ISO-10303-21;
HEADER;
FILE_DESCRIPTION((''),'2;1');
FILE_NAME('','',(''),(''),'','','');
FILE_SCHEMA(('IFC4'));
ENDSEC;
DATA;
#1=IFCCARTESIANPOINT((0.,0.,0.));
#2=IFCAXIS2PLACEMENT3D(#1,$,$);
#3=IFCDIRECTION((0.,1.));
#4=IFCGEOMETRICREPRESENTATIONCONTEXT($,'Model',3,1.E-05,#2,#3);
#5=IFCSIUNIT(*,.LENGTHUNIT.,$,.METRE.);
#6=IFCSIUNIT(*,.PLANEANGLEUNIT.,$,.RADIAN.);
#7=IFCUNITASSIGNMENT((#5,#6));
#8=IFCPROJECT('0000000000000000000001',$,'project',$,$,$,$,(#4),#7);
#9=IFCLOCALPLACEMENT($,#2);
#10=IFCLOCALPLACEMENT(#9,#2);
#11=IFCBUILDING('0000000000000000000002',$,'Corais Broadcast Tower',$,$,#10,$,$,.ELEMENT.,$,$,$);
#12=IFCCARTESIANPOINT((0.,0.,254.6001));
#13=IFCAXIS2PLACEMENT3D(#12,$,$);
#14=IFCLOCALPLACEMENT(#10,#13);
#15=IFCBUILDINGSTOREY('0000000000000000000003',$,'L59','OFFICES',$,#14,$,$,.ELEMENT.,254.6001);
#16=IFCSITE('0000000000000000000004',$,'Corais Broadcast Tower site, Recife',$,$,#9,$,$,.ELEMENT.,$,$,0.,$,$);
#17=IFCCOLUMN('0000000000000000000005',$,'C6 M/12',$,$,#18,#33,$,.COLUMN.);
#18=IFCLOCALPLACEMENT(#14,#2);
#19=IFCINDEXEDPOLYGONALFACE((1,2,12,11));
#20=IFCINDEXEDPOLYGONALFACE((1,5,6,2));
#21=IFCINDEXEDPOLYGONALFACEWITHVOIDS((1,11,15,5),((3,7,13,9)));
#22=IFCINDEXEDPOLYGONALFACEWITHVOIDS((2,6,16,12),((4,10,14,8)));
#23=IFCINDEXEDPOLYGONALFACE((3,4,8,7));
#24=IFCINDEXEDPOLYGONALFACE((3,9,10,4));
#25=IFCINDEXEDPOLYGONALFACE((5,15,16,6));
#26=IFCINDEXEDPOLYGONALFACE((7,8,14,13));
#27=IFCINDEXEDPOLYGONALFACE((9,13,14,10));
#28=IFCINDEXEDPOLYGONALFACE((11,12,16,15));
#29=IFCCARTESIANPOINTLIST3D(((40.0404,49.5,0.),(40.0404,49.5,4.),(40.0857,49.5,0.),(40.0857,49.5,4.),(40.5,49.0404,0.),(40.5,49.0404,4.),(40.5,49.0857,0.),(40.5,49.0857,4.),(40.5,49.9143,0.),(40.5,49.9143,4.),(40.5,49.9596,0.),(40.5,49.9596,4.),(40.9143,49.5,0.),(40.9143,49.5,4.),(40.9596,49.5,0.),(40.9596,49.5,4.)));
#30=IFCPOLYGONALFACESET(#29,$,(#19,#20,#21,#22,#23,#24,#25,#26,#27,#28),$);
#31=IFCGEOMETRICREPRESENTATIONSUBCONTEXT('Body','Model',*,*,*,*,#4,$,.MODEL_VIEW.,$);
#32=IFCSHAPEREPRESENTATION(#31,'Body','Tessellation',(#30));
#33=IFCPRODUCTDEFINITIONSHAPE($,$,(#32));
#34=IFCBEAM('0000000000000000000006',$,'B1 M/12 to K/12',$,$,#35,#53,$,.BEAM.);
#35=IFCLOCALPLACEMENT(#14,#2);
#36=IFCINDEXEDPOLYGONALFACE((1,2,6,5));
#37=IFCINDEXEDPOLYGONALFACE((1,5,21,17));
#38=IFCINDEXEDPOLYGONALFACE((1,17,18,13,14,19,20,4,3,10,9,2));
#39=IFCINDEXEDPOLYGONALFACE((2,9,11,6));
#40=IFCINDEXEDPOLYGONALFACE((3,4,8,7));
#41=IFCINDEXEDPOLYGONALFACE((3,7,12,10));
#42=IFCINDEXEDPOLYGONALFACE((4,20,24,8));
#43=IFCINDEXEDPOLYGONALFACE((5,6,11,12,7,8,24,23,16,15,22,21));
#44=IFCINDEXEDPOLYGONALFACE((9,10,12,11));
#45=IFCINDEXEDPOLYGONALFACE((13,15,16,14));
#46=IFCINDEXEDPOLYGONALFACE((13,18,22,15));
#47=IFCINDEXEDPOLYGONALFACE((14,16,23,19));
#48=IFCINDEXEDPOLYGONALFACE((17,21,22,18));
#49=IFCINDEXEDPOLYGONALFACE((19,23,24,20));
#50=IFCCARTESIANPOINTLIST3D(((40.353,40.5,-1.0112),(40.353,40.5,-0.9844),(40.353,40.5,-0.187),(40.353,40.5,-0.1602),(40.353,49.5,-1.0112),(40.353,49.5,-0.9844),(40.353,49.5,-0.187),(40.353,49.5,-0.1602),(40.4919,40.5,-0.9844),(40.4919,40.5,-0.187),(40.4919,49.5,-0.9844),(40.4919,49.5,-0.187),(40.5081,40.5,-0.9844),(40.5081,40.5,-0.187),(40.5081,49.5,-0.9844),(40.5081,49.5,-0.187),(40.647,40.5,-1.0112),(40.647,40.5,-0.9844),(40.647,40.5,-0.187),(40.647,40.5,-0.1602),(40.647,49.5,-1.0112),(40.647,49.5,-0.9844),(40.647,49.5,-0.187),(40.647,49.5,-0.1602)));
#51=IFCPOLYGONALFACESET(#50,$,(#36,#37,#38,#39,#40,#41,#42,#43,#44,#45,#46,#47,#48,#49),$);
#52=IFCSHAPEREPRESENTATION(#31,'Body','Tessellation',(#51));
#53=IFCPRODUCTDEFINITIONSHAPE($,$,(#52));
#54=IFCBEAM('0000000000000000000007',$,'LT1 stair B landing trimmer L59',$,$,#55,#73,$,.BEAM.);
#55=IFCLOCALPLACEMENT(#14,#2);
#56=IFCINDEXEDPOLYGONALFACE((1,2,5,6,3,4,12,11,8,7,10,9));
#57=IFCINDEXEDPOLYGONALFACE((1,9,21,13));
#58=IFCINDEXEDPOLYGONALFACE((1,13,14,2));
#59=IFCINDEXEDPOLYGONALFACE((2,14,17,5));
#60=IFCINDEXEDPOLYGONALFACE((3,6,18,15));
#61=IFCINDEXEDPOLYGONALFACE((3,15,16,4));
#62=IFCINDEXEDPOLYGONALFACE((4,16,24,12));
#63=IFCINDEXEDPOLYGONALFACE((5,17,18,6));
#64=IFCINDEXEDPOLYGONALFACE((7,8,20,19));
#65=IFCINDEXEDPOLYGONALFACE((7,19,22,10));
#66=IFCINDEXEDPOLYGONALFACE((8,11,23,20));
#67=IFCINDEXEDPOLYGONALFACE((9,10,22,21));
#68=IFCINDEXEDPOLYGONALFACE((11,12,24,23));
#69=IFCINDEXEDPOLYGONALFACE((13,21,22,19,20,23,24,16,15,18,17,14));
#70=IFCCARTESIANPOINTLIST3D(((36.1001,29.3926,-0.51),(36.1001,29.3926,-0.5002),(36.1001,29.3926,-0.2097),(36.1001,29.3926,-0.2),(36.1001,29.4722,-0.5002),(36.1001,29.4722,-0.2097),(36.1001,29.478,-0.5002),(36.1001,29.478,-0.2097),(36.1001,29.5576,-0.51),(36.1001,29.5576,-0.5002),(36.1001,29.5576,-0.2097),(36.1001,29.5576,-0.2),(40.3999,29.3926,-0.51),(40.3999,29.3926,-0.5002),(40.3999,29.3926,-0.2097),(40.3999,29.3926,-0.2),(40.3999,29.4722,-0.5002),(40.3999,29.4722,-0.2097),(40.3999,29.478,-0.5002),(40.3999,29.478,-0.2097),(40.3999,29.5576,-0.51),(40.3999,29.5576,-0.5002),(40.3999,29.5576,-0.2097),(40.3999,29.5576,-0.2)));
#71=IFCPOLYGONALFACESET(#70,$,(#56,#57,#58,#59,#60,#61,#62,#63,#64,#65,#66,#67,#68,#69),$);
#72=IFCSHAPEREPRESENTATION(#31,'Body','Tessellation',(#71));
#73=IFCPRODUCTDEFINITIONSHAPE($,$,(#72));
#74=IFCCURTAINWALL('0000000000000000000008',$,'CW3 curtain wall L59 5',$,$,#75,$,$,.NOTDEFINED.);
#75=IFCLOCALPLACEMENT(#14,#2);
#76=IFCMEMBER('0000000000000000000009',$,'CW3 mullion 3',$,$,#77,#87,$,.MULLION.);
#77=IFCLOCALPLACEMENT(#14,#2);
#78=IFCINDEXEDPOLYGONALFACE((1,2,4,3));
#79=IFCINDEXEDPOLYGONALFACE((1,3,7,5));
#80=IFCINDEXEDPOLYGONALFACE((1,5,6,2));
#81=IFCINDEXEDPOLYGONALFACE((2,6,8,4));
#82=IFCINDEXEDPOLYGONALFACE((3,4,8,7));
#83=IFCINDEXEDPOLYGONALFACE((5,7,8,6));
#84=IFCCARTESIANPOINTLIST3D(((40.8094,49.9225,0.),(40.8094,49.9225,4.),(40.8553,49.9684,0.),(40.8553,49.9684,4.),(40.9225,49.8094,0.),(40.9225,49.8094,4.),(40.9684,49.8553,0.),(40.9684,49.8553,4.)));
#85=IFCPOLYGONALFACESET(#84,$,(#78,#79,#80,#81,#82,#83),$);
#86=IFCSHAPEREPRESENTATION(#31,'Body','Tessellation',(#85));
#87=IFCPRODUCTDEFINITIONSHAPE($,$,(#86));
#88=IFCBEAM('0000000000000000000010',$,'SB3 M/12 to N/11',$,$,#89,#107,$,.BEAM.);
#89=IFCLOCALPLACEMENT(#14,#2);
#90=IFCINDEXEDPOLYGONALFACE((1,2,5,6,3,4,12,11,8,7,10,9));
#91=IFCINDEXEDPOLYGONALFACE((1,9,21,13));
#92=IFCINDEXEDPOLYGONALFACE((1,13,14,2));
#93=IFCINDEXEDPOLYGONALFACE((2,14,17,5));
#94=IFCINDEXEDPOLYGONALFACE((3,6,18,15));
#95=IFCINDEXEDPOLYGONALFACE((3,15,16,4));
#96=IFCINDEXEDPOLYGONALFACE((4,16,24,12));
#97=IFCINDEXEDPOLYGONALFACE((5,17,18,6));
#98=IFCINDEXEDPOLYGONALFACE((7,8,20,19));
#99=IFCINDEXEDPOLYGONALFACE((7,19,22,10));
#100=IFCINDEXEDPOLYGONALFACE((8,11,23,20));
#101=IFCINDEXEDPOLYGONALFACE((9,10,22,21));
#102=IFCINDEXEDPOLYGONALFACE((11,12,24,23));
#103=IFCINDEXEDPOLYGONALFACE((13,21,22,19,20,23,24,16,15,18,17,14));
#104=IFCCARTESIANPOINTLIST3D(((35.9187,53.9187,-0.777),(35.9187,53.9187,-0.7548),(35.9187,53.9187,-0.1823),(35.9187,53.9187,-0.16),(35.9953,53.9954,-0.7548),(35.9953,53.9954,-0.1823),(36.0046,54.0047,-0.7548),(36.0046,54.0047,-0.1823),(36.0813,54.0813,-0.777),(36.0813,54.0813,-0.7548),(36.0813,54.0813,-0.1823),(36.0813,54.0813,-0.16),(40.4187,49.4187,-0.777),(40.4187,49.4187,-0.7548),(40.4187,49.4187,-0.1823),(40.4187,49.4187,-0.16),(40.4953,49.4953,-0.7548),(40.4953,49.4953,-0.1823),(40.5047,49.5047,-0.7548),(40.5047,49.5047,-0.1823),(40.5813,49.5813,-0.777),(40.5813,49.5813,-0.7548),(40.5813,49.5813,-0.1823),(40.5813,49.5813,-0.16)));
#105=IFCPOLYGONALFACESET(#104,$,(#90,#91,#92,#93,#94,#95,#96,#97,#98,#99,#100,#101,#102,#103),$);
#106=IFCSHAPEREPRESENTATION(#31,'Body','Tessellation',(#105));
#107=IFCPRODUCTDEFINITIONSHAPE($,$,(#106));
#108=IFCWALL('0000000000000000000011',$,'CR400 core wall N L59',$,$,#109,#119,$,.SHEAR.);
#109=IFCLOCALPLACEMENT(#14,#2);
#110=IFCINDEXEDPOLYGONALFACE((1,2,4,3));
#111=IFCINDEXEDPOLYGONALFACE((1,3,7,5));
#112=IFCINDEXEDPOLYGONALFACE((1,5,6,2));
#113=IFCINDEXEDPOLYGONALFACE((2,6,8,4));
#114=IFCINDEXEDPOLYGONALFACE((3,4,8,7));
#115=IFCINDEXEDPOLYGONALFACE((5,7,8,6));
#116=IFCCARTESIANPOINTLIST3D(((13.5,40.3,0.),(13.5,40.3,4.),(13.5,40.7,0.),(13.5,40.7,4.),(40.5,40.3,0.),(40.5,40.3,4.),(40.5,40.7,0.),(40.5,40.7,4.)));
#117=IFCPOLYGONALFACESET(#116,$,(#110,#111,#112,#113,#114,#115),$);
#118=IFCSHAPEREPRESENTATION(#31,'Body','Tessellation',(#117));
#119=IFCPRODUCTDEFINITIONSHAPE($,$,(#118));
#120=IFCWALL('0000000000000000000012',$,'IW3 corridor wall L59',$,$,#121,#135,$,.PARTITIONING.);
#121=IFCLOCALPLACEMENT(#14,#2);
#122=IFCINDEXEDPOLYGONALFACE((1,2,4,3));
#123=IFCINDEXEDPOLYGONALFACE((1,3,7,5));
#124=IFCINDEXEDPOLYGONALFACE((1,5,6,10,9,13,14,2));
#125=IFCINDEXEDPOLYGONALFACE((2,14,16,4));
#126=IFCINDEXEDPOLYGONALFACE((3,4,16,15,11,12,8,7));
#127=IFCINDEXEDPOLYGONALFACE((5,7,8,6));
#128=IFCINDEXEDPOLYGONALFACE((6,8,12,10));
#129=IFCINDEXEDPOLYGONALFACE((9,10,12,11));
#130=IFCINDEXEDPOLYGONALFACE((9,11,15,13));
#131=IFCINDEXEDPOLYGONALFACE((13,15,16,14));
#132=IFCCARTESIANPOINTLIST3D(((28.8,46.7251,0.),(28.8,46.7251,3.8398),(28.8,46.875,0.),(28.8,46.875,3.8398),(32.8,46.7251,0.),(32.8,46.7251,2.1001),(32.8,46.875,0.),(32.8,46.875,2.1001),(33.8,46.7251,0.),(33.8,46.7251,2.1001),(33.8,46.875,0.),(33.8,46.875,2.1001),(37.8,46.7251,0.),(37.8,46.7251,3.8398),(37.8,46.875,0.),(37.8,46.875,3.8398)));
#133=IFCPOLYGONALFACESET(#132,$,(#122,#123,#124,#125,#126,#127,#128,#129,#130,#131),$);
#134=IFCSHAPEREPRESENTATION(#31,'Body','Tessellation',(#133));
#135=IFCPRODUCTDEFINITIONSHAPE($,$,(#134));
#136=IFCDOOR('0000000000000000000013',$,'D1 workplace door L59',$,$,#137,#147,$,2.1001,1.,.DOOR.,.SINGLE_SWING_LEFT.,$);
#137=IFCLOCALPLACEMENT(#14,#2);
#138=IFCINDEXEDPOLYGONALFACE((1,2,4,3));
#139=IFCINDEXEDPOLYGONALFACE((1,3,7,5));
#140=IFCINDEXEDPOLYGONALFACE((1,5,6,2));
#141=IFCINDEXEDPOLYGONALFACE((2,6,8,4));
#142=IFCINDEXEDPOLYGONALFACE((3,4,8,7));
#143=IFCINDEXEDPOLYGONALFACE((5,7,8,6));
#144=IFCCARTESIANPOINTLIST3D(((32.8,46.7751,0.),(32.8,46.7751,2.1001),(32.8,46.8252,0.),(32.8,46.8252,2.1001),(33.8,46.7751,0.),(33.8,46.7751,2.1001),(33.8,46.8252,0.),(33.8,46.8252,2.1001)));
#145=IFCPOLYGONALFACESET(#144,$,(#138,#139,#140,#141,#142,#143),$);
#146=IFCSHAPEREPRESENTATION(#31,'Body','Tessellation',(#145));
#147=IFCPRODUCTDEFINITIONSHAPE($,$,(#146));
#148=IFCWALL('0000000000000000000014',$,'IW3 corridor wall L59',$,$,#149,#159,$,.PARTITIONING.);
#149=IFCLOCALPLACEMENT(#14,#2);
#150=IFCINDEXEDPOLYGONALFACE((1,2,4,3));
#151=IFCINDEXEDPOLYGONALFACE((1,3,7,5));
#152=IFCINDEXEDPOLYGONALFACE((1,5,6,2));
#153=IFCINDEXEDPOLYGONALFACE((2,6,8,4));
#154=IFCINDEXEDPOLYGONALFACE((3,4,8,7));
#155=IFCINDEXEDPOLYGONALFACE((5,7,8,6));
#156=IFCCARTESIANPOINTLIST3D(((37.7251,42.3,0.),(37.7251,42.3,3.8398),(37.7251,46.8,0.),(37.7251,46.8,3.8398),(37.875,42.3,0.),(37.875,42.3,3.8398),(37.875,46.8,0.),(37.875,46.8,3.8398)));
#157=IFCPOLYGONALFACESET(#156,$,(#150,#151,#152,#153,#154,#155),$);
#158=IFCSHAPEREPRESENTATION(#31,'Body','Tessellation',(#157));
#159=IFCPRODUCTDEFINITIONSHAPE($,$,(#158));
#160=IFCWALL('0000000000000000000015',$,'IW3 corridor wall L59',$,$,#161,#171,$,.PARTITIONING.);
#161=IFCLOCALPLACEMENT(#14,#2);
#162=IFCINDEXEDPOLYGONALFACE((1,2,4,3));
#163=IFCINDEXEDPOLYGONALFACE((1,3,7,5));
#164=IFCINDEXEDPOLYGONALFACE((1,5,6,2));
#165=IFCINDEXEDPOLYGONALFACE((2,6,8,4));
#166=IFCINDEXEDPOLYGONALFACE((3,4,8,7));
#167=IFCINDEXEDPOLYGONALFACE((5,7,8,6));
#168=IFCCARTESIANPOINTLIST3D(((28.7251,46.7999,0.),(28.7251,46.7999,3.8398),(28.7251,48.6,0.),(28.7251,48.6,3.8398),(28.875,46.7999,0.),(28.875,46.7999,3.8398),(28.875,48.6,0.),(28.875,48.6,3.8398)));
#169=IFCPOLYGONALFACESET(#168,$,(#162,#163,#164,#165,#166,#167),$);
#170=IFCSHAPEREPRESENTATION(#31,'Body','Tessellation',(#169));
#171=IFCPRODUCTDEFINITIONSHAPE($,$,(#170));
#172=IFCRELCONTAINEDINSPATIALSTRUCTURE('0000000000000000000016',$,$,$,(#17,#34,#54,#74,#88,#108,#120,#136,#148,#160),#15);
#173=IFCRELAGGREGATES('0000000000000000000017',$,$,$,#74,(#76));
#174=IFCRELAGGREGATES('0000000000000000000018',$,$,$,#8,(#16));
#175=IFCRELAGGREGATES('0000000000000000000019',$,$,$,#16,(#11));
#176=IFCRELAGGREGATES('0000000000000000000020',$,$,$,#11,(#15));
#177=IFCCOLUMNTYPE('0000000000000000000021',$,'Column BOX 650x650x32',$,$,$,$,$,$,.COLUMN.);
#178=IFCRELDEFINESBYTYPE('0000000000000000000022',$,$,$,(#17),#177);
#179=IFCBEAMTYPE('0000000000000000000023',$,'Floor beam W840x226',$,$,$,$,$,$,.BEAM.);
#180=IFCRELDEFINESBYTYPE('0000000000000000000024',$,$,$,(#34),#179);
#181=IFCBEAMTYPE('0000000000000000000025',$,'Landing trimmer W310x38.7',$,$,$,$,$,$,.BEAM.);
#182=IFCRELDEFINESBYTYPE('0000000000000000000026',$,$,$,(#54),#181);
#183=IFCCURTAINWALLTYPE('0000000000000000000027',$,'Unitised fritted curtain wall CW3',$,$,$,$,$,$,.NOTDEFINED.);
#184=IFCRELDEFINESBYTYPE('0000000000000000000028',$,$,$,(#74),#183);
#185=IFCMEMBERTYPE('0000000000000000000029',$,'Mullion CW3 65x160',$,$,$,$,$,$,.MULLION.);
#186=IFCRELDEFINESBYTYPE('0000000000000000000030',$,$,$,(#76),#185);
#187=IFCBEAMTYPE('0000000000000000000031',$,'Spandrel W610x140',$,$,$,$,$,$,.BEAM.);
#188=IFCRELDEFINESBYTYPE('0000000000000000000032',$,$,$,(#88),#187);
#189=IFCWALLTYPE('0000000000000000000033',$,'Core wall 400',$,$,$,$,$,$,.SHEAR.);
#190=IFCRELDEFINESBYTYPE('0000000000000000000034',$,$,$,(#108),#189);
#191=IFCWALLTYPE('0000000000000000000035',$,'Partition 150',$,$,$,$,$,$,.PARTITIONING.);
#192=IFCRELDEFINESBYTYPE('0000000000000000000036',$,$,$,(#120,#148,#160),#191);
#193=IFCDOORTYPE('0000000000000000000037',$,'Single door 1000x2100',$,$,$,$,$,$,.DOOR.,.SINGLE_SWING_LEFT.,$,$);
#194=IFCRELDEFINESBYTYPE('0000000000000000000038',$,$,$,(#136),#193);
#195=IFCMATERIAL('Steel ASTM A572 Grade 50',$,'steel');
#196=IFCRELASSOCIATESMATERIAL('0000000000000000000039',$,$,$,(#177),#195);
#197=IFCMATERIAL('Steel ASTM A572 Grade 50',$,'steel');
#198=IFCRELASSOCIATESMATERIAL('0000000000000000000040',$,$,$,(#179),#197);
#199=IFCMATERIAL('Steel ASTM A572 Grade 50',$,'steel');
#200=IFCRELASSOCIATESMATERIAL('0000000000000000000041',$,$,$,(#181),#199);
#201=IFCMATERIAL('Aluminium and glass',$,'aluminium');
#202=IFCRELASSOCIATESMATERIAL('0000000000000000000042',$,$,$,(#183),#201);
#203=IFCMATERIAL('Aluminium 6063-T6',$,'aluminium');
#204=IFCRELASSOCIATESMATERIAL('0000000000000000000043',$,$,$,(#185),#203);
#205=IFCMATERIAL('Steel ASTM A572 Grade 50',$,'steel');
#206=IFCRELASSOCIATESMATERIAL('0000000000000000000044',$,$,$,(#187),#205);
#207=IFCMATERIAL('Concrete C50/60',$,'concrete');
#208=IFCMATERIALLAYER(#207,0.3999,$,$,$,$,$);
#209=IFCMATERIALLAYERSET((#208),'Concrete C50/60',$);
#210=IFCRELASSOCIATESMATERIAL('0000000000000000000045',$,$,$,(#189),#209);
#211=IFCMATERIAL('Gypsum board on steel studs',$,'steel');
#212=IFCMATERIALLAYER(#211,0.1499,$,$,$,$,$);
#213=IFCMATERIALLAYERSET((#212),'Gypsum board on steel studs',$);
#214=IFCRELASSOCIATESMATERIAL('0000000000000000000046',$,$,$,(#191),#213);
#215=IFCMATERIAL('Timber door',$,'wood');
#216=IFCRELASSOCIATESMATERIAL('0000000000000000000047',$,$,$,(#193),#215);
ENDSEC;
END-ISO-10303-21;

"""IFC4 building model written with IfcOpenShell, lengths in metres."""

from ifc_helpers import new_model, si_unit, direction, frame, frame_2d, origin, origin_2d, place, context, subcontext, project, spatial, rectangle, hollow_rectangle, i_section, extrude, material, layer, layer_set, material_profile, profile_set, type_object, element, fill, aggregate, save


model = new_model("IFC4")

# Units and contexts
model_context = context("Model", 3, precision=1e-05, world=origin(), true_north=direction((0.0, 1.0)))
body_context = subcontext(model_context, "Body", "Model", "MODEL_VIEW")
ifc_project = project(units=[si_unit("LENGTHUNIT", "METRE"), si_unit("PLANEANGLEUNIT", "RADIAN")], contexts=[model_context])

# Site, building, storey
site_placement = place(None, origin())
site = spatial("IfcSite", under=ifc_project, at=site_placement, Name="Corais Broadcast Tower site, Recife", CompositionType="ELEMENT", RefElevation=0.0)
building_placement = place(site_placement, origin())
building = spatial("IfcBuilding", under=site, at=building_placement, Name="Corais Broadcast Tower", CompositionType="ELEMENT")
storey_placement = place(building_placement, frame((0.0, 0.0, 254.6001)))
storey = spatial("IfcBuildingStorey", under=building, at=storey_placement, Name="L59", Description="OFFICES", CompositionType="ELEMENT", Elevation=254.6001)

# Column
ifc_material_1 = material(Name="Steel ASTM A572 Grade 50", Category="steel")
ifc_material_profile_1 = material_profile(ifc_material_1, hollow_rectangle(XDim=0.6499, YDim=0.6499, WallThickness=0.032, at=origin_2d()), Name="BOX 650x650x32")
ifc_profile_set_1 = profile_set([ifc_material_profile_1], Name="Steel ASTM A572 Grade 50")
column_type = type_object("IfcColumnType", Name="Column BOX 650x650x32", PredefinedType="COLUMN", material=ifc_profile_set_1)
column_placement = place(storey_placement, frame((40.5, 49.5, 0.0), z_axis=(0.0, 0.0, 1.0), x_axis=(0.707107, 0.707107, 0.0)))
element("IfcColumn", 1, at=column_placement, inside=storey, type_object=column_type, Name="C6 M/12", PredefinedType="COLUMN", context=body_context, shape_type="SweptSolid", body=[
    extrude(hollow_rectangle(XDim=0.6499, YDim=0.6499, WallThickness=0.032, at=origin_2d()), origin(), (0.0, 0.0, 1.0), 4.0),
])

# Beams
ifc_material_2 = material(Name="Steel ASTM A572 Grade 50", Category="steel")
ifc_material_profile_2 = material_profile(ifc_material_2, i_section(OverallWidth=0.2939, OverallDepth=0.8511, WebThickness=0.0161, FlangeThickness=0.0269, at=origin_2d()), Name="W840x226")
ifc_profile_set_2 = profile_set([ifc_material_profile_2], Name="Steel ASTM A572 Grade 50")
beam_type_1 = type_object("IfcBeamType", Name="Floor beam W840x226", PredefinedType="BEAM", material=ifc_profile_set_2)
beam_1_placement = place(storey_placement, frame((40.5, 49.5, -0.5857), z_axis=(0.0, -1.0, 0.0), x_axis=(1.0, 0.0, 0.0)))
element("IfcBeam", 2, at=beam_1_placement, inside=storey, type_object=beam_type_1, Name="B1 M/12 to K/12", PredefinedType="BEAM", context=body_context, shape_type="SweptSolid", body=[
    extrude(i_section(OverallWidth=0.2939, OverallDepth=0.8511, WebThickness=0.0161, FlangeThickness=0.0269, at=origin_2d()), origin(), (0.0, 0.0, 1.0), 9.0),
])
ifc_material_3 = material(Name="Steel ASTM A572 Grade 50", Category="steel")
ifc_material_profile_3 = material_profile(ifc_material_3, i_section(OverallWidth=0.165, OverallDepth=0.3101, WebThickness=0.0059, FlangeThickness=0.0098, at=origin_2d()), Name="W310x38.7")
ifc_profile_set_3 = profile_set([ifc_material_profile_3], Name="Steel ASTM A572 Grade 50")
beam_type_2 = type_object("IfcBeamType", Name="Landing trimmer W310x38.7", PredefinedType="BEAM", material=ifc_profile_set_3)
beam_2_placement = place(storey_placement, frame((36.1001, 29.4751, -0.355), z_axis=(1.0, 0.0, 0.0), x_axis=(0.0, 1.0, 0.0)))
element("IfcBeam", 3, at=beam_2_placement, inside=storey, type_object=beam_type_2, Name="LT1 stair B landing trimmer L59", PredefinedType="BEAM", context=body_context, shape_type="SweptSolid", body=[
    extrude(i_section(OverallWidth=0.165, OverallDepth=0.3101, WebThickness=0.0059, FlangeThickness=0.0098, at=origin_2d()), origin(), (0.0, 0.0, 1.0), 4.2998),
])

# Curtain wall, member
ifc_material_4 = material(Name="Aluminium and glass", Category="aluminium")
curtain_wall_type = type_object("IfcCurtainWallType", Name="Unitised fritted curtain wall CW3", PredefinedType="NOTDEFINED", material=ifc_material_4)
curtain_wall_placement = place(storey_placement, origin())
curtain_wall = element("IfcCurtainWall", 4, at=curtain_wall_placement, inside=storey, type_object=curtain_wall_type, Name="CW3 curtain wall L59 5", PredefinedType="NOTDEFINED")
ifc_material_5 = material(Name="Aluminium 6063-T6", Category="aluminium")
ifc_material_profile_4 = material_profile(ifc_material_5, rectangle(XDim=0.0649, YDim=0.1599, at=origin_2d()), Name="Mullion CW3 65x160")
ifc_profile_set_4 = profile_set([ifc_material_profile_4], Name="Aluminium 6063-T6")
member_type = type_object("IfcMemberType", Name="Mullion CW3 65x160", PredefinedType="MULLION", material=ifc_profile_set_4)
member_placement = place(storey_placement, frame((40.8889, 49.8889, 0.0), z_axis=(0.0, 0.0, 1.0), x_axis=(0.707107, 0.707107, 0.0)))
member = element("IfcMember", 5, at=member_placement, type_object=member_type, Name="CW3 mullion 3", PredefinedType="MULLION", context=body_context, shape_type="SweptSolid", body=[
    extrude(rectangle(XDim=0.0649, YDim=0.1599, at=origin_2d()), origin(), (0.0, 0.0, 1.0), 4.0),
])
aggregate(curtain_wall, [member])

# Beam
ifc_material_6 = material(Name="Steel ASTM A572 Grade 50", Category="steel")
ifc_material_profile_5 = material_profile(ifc_material_6, i_section(OverallWidth=0.23, OverallDepth=0.6169, WebThickness=0.0132, FlangeThickness=0.0222, at=origin_2d()), Name="W610x140")
ifc_profile_set_5 = profile_set([ifc_material_profile_5], Name="Steel ASTM A572 Grade 50")
beam_type_3 = type_object("IfcBeamType", Name="Spandrel W610x140", PredefinedType="BEAM", material=ifc_profile_set_5)
beam_3_placement = place(storey_placement, frame((40.5, 49.5, -0.4685), z_axis=(-0.707107, 0.707107, 0.0), x_axis=(-0.707107, -0.707107, 0.0)))
element("IfcBeam", 6, at=beam_3_placement, inside=storey, type_object=beam_type_3, Name="SB3 M/12 to N/11", PredefinedType="BEAM", context=body_context, shape_type="SweptSolid", body=[
    extrude(i_section(OverallWidth=0.23, OverallDepth=0.6169, WebThickness=0.0132, FlangeThickness=0.0222, at=origin_2d()), origin(), (0.0, 0.0, 1.0), 6.364),
])

# Wall
ifc_material_7 = material(Name="Concrete C50/60", Category="concrete")
ifc_layer_1 = layer(ifc_material_7, 0.3999)
ifc_layer_set_1 = layer_set([ifc_layer_1], Name="Concrete C50/60")
wall_type_1 = type_object("IfcWallType", Name="Core wall 400", PredefinedType="SHEAR", material=ifc_layer_set_1)
wall_1_placement = place(storey_placement, frame((40.5, 40.5, 0.0), z_axis=(0.0, 0.0, 1.0), x_axis=(-1.0, 0.0, 0.0)))
element("IfcWall", 7, at=wall_1_placement, inside=storey, type_object=wall_type_1, Name="CR400 core wall N L59", PredefinedType="SHEAR", context=body_context, shape_type="SweptSolid", body=[
    extrude(rectangle(XDim=27.0, YDim=0.3999, at=frame_2d((13.5, 0.0))), origin(), (0.0, 0.0, 1.0), 4.0),
])

# Wall, opening, door
ifc_material_8 = material(Name="Gypsum board on steel studs", Category="steel")
ifc_layer_2 = layer(ifc_material_8, 0.1499)
ifc_layer_set_2 = layer_set([ifc_layer_2], Name="Gypsum board on steel studs")
wall_type_2 = type_object("IfcWallType", Name="Partition 150", PredefinedType="PARTITIONING", material=ifc_layer_set_2)
wall_2_placement = place(storey_placement, frame((37.8, 46.8, 0.0), z_axis=(0.0, 0.0, 1.0), x_axis=(-1.0, 0.0, 0.0)))
wall_2 = element("IfcWall", 8, at=wall_2_placement, inside=storey, type_object=wall_type_2, Name="IW3 corridor wall L59", PredefinedType="PARTITIONING", context=body_context, shape_type="SweptSolid", body=[
    extrude(rectangle(XDim=9.0, YDim=0.1499, at=frame_2d((4.5, 0.0))), origin(), (0.0, 0.0, 1.0), 3.8398),
])
opening_1_placement = place(wall_2_placement, frame((4.0, 0.0, 0.0)))
opening_1 = element("IfcOpeningElement", 9, at=opening_1_placement, cuts=wall_2, PredefinedType="OPENING", context=body_context, shape_type="SweptSolid", body=[
    extrude(rectangle(XDim=1.0, YDim=2.1001, at=frame_2d((0.5, 1.05))), frame((0.0, 0.085, 0.0), z_axis=(0.0, -1.0, 0.0), x_axis=(1.0, 0.0, 0.0)), (0.0, 0.0, 1.0), 0.1699),
])
ifc_material_9 = material(Name="Timber door", Category="wood")
door_type = type_object("IfcDoorType", Name="Single door 1000x2100", OperationType="SINGLE_SWING_LEFT", PredefinedType="DOOR", material=ifc_material_9)
door_1_placement = place(opening_1_placement, origin())
door_1 = element("IfcDoor", 10, at=door_1_placement, inside=storey, type_object=door_type, Name="D1 workplace door L59", OperationType="SINGLE_SWING_LEFT", OverallHeight=2.1001, OverallWidth=1.0, PredefinedType="DOOR", context=body_context, shape_type="SweptSolid", body=[
    extrude(rectangle(XDim=1.0, YDim=2.1001, at=frame_2d((0.5, 1.05))), frame((0.0, 0.0249, 0.0), z_axis=(0.0, -1.0, 0.0), x_axis=(1.0, 0.0, 0.0)), (0.0, 0.0, 1.0), 0.05),
])
fill(opening_1, door_1)

# Walls
wall_3_placement = place(storey_placement, frame((37.8, 42.3, 0.0), z_axis=(0.0, 0.0, 1.0), x_axis=(0.0, 1.0, 0.0)))
element("IfcWall", 11, at=wall_3_placement, inside=storey, type_object=wall_type_2, Name="IW3 corridor wall L59", PredefinedType="PARTITIONING", context=body_context, shape_type="SweptSolid", body=[
    extrude(rectangle(XDim=4.5, YDim=0.1499, at=frame_2d((2.25, 0.0))), origin(), (0.0, 0.0, 1.0), 3.8398),
])
wall_4_placement = place(storey_placement, frame((28.8, 46.8, 0.0), z_axis=(0.0, 0.0, 1.0), x_axis=(0.0, 1.0, 0.0)))
element("IfcWall", 12, at=wall_4_placement, inside=storey, type_object=wall_type_2, Name="IW3 corridor wall L59", PredefinedType="PARTITIONING", context=body_context, shape_type="SweptSolid", body=[
    extrude(rectangle(XDim=1.8, YDim=0.1499, at=frame_2d((0.8999, 0.0))), origin(), (0.0, 0.0, 1.0), 3.8398),
])

save(model, "model.ifc")
